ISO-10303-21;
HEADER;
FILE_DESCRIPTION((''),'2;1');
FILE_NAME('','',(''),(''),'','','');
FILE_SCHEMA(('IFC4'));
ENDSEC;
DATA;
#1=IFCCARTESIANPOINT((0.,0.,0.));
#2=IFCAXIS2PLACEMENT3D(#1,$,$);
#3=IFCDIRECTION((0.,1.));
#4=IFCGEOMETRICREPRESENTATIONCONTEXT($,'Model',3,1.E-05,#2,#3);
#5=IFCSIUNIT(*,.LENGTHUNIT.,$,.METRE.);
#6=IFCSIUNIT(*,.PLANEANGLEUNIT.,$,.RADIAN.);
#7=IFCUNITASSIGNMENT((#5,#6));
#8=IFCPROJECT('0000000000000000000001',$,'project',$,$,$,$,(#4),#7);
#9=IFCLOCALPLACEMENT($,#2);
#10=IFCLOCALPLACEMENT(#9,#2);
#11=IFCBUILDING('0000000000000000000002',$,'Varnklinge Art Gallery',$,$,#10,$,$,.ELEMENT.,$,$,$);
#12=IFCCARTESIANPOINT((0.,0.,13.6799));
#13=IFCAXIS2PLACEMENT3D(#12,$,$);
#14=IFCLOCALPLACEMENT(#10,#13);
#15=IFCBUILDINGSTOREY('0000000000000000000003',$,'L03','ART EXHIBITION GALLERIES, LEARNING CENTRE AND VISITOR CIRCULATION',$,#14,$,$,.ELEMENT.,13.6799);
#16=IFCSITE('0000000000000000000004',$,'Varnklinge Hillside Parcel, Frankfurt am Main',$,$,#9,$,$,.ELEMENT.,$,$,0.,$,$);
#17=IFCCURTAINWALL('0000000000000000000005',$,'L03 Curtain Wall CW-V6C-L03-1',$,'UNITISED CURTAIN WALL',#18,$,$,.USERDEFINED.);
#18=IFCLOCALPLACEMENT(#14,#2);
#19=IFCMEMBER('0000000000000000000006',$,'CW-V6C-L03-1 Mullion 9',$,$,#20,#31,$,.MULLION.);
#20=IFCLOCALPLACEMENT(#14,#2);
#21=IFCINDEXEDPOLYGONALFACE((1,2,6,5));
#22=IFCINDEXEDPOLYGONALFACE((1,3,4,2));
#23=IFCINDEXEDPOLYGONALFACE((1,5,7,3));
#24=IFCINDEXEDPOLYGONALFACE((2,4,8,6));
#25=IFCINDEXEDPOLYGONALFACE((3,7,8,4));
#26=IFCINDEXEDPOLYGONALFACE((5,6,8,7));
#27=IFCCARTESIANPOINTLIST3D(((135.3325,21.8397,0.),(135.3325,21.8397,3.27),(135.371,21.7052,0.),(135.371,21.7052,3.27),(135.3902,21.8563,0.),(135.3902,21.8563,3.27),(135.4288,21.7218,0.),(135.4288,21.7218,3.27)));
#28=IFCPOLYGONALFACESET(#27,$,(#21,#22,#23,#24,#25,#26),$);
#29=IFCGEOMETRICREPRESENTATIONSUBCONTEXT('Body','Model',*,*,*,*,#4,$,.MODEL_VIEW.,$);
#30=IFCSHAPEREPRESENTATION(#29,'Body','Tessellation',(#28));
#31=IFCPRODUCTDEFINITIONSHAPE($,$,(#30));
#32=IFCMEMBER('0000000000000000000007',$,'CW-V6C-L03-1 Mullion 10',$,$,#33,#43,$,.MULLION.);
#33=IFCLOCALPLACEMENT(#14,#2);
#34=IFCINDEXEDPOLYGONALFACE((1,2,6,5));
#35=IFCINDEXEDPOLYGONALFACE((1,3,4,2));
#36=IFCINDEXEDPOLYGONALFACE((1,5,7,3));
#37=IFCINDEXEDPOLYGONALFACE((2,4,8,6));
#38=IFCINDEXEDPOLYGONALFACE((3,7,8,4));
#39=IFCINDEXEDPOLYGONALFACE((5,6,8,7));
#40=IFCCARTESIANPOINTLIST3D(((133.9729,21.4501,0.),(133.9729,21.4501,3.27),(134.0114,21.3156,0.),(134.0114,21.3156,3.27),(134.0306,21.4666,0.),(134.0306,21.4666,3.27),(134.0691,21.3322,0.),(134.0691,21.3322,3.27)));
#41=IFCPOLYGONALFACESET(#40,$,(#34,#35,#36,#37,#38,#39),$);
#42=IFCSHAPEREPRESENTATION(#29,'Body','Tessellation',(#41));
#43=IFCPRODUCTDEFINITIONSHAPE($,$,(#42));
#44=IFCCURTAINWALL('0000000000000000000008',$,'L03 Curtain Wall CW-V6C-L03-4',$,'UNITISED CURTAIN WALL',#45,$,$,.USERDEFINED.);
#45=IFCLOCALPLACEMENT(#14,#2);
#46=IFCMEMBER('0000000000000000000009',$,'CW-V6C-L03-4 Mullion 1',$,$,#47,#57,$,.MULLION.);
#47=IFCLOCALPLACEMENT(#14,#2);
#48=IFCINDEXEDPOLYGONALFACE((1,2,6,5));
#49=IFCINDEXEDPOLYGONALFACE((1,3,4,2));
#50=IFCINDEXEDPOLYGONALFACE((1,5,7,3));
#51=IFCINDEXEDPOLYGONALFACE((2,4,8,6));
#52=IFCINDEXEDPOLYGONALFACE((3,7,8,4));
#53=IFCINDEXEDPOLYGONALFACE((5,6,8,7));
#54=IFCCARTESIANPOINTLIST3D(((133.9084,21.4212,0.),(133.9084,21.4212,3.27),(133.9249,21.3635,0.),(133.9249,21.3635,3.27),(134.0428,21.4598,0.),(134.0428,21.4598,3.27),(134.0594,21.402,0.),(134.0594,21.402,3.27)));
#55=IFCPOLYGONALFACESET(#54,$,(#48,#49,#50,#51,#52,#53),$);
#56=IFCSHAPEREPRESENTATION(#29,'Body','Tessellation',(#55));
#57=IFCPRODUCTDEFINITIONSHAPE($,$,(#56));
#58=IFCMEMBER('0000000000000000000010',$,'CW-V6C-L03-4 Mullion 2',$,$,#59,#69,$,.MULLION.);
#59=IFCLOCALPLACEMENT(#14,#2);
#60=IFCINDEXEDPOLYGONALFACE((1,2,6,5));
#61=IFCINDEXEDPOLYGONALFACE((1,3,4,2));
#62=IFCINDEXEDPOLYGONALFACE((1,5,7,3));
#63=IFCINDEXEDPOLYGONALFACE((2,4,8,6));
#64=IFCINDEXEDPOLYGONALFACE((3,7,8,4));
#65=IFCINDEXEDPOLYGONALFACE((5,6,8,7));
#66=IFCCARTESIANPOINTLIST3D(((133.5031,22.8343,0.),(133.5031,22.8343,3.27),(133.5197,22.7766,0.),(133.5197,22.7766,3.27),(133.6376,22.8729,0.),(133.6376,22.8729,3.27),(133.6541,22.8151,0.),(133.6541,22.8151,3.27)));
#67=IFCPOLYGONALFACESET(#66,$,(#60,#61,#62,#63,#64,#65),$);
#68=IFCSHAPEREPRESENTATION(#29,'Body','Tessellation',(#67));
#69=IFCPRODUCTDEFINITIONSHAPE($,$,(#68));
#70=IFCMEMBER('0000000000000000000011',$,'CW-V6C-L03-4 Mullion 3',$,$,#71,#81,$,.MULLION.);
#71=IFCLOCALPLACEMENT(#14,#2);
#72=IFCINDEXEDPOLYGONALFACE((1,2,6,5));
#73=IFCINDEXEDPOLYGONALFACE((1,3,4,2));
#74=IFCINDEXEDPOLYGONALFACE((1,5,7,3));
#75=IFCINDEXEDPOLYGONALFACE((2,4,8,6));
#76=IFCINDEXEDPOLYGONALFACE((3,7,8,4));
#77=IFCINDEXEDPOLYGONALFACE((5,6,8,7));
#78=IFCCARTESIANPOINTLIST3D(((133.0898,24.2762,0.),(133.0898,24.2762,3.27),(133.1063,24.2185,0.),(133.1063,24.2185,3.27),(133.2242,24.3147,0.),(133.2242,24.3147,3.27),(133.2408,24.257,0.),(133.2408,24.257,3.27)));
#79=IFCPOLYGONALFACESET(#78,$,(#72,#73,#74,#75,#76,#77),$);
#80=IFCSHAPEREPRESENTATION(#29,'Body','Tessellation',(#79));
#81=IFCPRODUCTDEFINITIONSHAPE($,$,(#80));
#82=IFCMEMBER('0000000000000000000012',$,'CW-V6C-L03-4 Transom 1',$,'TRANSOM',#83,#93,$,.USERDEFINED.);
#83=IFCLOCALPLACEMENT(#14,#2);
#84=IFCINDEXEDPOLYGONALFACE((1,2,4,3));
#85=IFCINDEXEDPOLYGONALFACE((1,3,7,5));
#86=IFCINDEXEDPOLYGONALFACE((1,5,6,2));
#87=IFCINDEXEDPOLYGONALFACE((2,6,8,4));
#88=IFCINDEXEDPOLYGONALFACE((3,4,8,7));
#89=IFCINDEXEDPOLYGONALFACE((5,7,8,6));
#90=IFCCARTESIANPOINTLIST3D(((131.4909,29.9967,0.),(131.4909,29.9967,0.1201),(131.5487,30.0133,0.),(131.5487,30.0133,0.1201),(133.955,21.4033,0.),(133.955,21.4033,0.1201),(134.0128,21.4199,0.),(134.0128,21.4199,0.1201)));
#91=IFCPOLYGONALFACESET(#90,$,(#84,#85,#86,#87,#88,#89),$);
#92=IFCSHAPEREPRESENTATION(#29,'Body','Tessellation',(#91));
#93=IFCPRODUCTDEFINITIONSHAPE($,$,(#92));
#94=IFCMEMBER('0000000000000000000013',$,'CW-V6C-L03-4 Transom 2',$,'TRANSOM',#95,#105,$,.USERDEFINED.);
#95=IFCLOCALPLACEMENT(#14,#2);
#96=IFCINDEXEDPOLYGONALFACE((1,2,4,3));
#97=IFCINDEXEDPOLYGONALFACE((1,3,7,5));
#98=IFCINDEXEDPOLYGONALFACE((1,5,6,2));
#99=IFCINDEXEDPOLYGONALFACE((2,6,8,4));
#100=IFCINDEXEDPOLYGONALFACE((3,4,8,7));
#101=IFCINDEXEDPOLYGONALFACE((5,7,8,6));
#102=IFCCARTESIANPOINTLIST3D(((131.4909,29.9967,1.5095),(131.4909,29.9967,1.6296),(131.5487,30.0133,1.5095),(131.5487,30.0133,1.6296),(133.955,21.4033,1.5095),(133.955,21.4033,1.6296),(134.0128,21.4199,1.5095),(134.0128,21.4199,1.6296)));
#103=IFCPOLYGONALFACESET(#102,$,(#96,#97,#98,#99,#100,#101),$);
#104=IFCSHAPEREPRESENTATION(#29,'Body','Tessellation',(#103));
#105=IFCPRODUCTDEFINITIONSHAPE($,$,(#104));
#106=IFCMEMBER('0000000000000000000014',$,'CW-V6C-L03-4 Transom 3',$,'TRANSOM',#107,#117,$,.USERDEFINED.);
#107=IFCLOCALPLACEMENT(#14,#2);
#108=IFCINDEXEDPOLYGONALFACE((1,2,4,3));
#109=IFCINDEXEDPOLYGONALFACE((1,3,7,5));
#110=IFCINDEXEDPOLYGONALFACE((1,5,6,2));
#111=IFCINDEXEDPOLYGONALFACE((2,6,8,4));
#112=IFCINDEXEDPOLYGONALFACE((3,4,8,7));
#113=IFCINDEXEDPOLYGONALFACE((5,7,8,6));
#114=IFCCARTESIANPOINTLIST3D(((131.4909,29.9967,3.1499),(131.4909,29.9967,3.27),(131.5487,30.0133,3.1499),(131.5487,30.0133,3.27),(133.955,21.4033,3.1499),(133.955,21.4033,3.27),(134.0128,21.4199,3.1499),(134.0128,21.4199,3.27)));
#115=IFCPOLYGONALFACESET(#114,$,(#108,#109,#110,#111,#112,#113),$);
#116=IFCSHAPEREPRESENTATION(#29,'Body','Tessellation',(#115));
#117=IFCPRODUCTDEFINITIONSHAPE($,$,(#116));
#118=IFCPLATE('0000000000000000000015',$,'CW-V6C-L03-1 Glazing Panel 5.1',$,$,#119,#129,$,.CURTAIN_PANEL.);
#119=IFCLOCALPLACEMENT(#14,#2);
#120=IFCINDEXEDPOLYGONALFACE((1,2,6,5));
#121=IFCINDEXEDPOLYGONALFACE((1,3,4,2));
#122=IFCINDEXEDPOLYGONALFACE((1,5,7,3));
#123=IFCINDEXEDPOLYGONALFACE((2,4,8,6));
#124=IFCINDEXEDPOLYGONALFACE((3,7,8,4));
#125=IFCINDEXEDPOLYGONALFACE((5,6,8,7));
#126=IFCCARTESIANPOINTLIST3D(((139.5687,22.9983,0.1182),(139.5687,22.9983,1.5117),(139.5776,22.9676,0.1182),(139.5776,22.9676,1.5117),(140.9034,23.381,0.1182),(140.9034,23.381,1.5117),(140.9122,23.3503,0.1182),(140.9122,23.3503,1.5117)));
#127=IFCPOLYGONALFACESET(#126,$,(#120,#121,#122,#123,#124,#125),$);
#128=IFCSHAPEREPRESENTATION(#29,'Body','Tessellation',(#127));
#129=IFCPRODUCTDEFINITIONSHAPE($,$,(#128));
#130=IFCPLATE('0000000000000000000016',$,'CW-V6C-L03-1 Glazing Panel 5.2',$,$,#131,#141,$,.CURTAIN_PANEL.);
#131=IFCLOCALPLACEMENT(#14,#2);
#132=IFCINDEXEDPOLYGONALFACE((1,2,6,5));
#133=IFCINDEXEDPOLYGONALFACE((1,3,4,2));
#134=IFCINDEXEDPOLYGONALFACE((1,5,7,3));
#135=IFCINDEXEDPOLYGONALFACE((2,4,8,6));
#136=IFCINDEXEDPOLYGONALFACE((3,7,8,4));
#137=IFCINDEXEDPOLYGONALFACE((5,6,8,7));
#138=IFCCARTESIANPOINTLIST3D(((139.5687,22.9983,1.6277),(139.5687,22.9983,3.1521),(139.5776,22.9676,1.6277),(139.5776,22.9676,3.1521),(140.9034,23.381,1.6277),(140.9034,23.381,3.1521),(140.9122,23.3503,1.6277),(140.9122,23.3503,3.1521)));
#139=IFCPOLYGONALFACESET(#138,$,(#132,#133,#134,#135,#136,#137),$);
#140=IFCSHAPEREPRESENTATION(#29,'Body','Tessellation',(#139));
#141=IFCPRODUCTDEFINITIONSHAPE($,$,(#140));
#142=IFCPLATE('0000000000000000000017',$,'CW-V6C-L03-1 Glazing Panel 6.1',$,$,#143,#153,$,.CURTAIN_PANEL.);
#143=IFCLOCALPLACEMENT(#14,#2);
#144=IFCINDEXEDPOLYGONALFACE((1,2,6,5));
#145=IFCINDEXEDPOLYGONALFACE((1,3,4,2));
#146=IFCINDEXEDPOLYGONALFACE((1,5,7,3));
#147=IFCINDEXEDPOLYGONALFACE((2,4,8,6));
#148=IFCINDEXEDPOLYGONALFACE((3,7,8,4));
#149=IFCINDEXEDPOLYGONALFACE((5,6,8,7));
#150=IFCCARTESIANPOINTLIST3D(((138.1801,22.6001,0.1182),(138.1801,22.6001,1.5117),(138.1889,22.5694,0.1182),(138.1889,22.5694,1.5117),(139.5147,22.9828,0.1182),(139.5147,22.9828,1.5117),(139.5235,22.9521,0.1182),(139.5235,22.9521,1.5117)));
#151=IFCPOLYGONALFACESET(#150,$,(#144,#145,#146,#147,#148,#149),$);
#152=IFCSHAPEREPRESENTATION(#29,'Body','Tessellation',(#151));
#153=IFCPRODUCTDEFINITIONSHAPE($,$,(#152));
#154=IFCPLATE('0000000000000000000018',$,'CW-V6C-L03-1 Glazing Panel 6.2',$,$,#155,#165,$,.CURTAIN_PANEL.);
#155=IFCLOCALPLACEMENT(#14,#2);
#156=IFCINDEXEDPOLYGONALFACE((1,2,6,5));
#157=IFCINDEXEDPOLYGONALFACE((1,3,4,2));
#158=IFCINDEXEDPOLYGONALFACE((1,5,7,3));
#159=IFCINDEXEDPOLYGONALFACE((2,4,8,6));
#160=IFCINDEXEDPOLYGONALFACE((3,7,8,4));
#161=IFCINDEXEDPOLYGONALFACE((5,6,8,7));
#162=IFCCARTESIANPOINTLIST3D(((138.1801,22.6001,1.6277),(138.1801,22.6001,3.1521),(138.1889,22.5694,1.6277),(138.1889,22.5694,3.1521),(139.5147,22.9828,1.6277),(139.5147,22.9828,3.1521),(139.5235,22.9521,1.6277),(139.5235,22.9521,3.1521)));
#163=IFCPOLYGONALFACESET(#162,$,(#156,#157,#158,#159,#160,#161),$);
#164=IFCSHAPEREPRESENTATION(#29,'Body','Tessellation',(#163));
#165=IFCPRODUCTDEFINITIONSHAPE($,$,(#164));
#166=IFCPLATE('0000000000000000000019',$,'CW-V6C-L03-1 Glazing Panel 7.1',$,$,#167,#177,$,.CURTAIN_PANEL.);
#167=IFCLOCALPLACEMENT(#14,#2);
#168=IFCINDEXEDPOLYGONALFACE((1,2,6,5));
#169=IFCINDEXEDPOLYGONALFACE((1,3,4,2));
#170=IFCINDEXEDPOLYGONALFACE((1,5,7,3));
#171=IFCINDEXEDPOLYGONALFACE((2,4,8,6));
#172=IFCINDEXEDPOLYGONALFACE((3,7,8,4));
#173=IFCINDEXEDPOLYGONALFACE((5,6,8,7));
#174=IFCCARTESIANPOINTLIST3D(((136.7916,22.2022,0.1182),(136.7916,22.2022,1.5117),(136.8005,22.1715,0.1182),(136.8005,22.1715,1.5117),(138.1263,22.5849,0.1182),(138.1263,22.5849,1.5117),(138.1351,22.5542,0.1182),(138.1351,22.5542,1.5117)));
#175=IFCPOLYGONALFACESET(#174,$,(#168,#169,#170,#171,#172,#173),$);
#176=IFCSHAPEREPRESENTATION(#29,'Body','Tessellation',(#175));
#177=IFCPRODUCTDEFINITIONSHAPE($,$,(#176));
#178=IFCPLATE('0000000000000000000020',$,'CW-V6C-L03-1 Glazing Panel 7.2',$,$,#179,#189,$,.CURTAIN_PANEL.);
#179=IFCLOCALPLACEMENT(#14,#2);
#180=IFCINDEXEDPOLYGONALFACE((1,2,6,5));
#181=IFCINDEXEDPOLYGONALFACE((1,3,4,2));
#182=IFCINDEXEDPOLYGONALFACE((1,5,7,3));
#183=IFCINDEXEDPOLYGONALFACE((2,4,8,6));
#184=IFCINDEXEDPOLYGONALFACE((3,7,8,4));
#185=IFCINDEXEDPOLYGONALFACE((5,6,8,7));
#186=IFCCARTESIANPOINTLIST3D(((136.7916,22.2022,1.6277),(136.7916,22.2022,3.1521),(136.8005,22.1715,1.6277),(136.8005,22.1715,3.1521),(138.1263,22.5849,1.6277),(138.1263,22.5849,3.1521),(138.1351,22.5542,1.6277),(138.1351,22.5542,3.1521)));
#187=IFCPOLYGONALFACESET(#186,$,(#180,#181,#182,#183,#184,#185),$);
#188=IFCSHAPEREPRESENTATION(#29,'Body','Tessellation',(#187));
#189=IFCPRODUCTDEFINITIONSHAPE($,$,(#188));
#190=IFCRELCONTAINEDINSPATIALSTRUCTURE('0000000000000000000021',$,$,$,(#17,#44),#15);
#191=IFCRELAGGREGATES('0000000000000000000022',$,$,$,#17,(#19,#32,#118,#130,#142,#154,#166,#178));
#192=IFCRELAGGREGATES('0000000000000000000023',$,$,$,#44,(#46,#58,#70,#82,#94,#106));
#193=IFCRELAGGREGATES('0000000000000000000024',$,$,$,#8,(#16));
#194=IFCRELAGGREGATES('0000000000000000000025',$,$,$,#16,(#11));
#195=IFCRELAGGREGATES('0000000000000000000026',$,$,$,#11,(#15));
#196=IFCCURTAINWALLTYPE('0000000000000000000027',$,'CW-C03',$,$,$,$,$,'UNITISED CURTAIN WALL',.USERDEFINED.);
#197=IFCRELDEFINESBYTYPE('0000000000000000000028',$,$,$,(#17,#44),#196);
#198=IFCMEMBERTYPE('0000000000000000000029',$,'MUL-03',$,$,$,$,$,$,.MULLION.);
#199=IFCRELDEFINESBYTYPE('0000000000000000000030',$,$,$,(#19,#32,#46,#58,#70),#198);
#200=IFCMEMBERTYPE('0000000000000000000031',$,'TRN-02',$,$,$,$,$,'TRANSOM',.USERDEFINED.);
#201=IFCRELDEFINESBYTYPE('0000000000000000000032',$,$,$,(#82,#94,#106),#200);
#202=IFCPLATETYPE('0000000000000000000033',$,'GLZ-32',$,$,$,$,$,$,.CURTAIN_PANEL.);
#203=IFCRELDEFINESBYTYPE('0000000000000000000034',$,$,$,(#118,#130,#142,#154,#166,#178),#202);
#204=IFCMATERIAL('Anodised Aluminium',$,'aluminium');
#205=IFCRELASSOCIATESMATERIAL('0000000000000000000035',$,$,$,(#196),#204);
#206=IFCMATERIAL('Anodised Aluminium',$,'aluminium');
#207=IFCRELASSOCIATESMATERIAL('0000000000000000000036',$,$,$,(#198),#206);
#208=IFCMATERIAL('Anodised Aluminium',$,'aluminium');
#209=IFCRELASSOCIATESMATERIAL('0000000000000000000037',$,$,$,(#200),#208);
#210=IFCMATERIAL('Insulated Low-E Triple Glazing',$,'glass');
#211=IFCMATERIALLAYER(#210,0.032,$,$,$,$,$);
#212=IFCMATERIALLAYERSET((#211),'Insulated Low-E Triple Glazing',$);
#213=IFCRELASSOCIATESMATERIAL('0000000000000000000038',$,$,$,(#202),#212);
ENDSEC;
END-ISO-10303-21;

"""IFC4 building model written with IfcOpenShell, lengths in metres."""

from ifc_helpers import new_model, si_unit, direction, frame, origin, origin_2d, place, context, subcontext, project, spatial, rectangle, extrude, material, layer, layer_set, material_profile, profile_set, type_object, element, aggregate, save


model = new_model("IFC4")

# Units and contexts
model_context = context("Model", 3, precision=1e-05, world=origin(), true_north=direction((0.0, 1.0)))
body_context = subcontext(model_context, "Body", "Model", "MODEL_VIEW")
ifc_project = project(units=[si_unit("LENGTHUNIT", "METRE"), si_unit("PLANEANGLEUNIT", "RADIAN")], contexts=[model_context])

# Site, building, storey
site_placement = place(None, origin())
site = spatial("IfcSite", under=ifc_project, at=site_placement, Name="Varnklinge Hillside Parcel, Frankfurt am Main", CompositionType="ELEMENT", RefElevation=0.0)
building_placement = place(site_placement, origin())
building = spatial("IfcBuilding", under=site, at=building_placement, Name="Varnklinge Art Gallery", CompositionType="ELEMENT")
storey_placement = place(building_placement, frame((0.0, 0.0, 13.6799)))
storey = spatial("IfcBuildingStorey", under=building, at=storey_placement, Name="L03", Description="ART EXHIBITION GALLERIES, LEARNING CENTRE AND VISITOR CIRCULATION", CompositionType="ELEMENT", Elevation=13.6799)

# Curtain walls, members
ifc_material_1 = material(Name="Anodised Aluminium", Category="aluminium")
curtain_wall_type = type_object("IfcCurtainWallType", Name="CW-C03", ElementType="UNITISED CURTAIN WALL", PredefinedType="USERDEFINED", material=ifc_material_1)
curtain_wall_1_placement = place(storey_placement, origin())
curtain_wall_1 = element("IfcCurtainWall", 1, at=curtain_wall_1_placement, inside=storey, type_object=curtain_wall_type, Name="L03 Curtain Wall CW-V6C-L03-1", ObjectType="UNITISED CURTAIN WALL", PredefinedType="USERDEFINED")
ifc_material_2 = material(Name="Anodised Aluminium", Category="aluminium")
ifc_material_profile_1 = material_profile(ifc_material_2, rectangle(XDim=0.0601, YDim=0.1399, at=origin_2d()), Name="ALU 60x140")
ifc_profile_set_1 = profile_set([ifc_material_profile_1], Name="Anodised Aluminium")
member_type_1 = type_object("IfcMemberType", Name="MUL-03", PredefinedType="MULLION", material=ifc_profile_set_1)
member_1_placement = place(storey_placement, frame((135.3806, 21.7808, 0.0), z_axis=(0.0, 0.0, 1.0), x_axis=(-0.961262, -0.275637, 0.0)))
member_1 = element("IfcMember", 2, at=member_1_placement, type_object=member_type_1, Name="CW-V6C-L03-1 Mullion 9", PredefinedType="MULLION", context=body_context, shape_type="SweptSolid", body=[
    extrude(rectangle(XDim=0.0601, YDim=0.1399, at=origin_2d()), origin(), (0.0, 0.0, 1.0), 3.27),
])
member_2_placement = place(storey_placement, frame((134.021, 21.3911, 0.0), z_axis=(0.0, 0.0, 1.0), x_axis=(-0.961262, -0.275637, 0.0)))
member_2 = element("IfcMember", 3, at=member_2_placement, type_object=member_type_1, Name="CW-V6C-L03-1 Mullion 10", PredefinedType="MULLION", context=body_context, shape_type="SweptSolid", body=[
    extrude(rectangle(XDim=0.0601, YDim=0.1399, at=origin_2d()), origin(), (0.0, 0.0, 1.0), 3.27),
])
curtain_wall_2_placement = place(storey_placement, origin())
curtain_wall_2 = element("IfcCurtainWall", 4, at=curtain_wall_2_placement, inside=storey, type_object=curtain_wall_type, Name="L03 Curtain Wall CW-V6C-L03-4", ObjectType="UNITISED CURTAIN WALL", PredefinedType="USERDEFINED")
member_3_placement = place(storey_placement, frame((133.9839, 21.4116, 0.0), z_axis=(0.0, 0.0, 1.0), x_axis=(-0.275637, 0.961262, 0.0)))
member_3 = element("IfcMember", 5, at=member_3_placement, type_object=member_type_1, Name="CW-V6C-L03-4 Mullion 1", PredefinedType="MULLION", context=body_context, shape_type="SweptSolid", body=[
    extrude(rectangle(XDim=0.0601, YDim=0.1399, at=origin_2d()), origin(), (0.0, 0.0, 1.0), 3.27),
])
member_4_placement = place(storey_placement, frame((133.5786, 22.8247, 0.0), z_axis=(0.0, 0.0, 1.0), x_axis=(-0.275637, 0.961262, 0.0)))
member_4 = element("IfcMember", 6, at=member_4_placement, type_object=member_type_1, Name="CW-V6C-L03-4 Mullion 2", PredefinedType="MULLION", context=body_context, shape_type="SweptSolid", body=[
    extrude(rectangle(XDim=0.0601, YDim=0.1399, at=origin_2d()), origin(), (0.0, 0.0, 1.0), 3.27),
])
member_5_placement = place(storey_placement, frame((133.1653, 24.2666, 0.0), z_axis=(0.0, 0.0, 1.0), x_axis=(-0.275637, 0.961262, 0.0)))
member_5 = element("IfcMember", 7, at=member_5_placement, type_object=member_type_1, Name="CW-V6C-L03-4 Mullion 3", PredefinedType="MULLION", context=body_context, shape_type="SweptSolid", body=[
    extrude(rectangle(XDim=0.0601, YDim=0.1399, at=origin_2d()), origin(), (0.0, 0.0, 1.0), 3.27),
])
ifc_material_3 = material(Name="Anodised Aluminium", Category="aluminium")
ifc_material_profile_2 = material_profile(ifc_material_3, rectangle(XDim=0.0601, YDim=0.1201, at=origin_2d()), Name="ALU 60x120")
ifc_profile_set_2 = profile_set([ifc_material_profile_2], Name="Anodised Aluminium")
member_type_2 = type_object("IfcMemberType", Name="TRN-02", ElementType="TRANSOM", PredefinedType="USERDEFINED", material=ifc_profile_set_2)
member_6_placement = place(storey_placement, frame((133.9839, 21.4116, 0.0601), z_axis=(-0.275634, 0.961263, 0.0), x_axis=(-0.961263, -0.275634, 0.0)))
member_6 = element("IfcMember", 8, at=member_6_placement, type_object=member_type_2, Name="CW-V6C-L03-4 Transom 1", ObjectType="TRANSOM", PredefinedType="USERDEFINED", context=body_context, shape_type="SweptSolid", body=[
    extrude(rectangle(XDim=0.0601, YDim=0.1201, at=origin_2d()), origin(), (0.0, 0.0, 1.0), 8.9397),
])
member_7_placement = place(storey_placement, frame((133.9839, 21.4116, 1.5696), z_axis=(-0.275634, 0.961263, 0.0), x_axis=(-0.961263, -0.275634, 0.0)))
member_7 = element("IfcMember", 9, at=member_7_placement, type_object=member_type_2, Name="CW-V6C-L03-4 Transom 2", ObjectType="TRANSOM", PredefinedType="USERDEFINED", context=body_context, shape_type="SweptSolid", body=[
    extrude(rectangle(XDim=0.0601, YDim=0.1201, at=origin_2d()), origin(), (0.0, 0.0, 1.0), 8.9397),
])
member_8_placement = place(storey_placement, frame((133.9839, 21.4116, 3.21), z_axis=(-0.275634, 0.961263, 0.0), x_axis=(-0.961263, -0.275634, 0.0)))
member_8 = element("IfcMember", 10, at=member_8_placement, type_object=member_type_2, Name="CW-V6C-L03-4 Transom 3", ObjectType="TRANSOM", PredefinedType="USERDEFINED", context=body_context, shape_type="SweptSolid", body=[
    extrude(rectangle(XDim=0.0601, YDim=0.1201, at=origin_2d()), origin(), (0.0, 0.0, 1.0), 8.9397),
])

# Plates
ifc_material_4 = material(Name="Insulated Low-E Triple Glazing", Category="glass")
ifc_layer_1 = layer(ifc_material_4, 0.032)
ifc_layer_set_1 = layer_set([ifc_layer_1], Name="Insulated Low-E Triple Glazing")
plate_type = type_object("IfcPlateType", Name="GLZ-32", PredefinedType="CURTAIN_PANEL", material=ifc_layer_set_1)
plate_1_placement = place(storey_placement, frame((140.2405, 23.1743, 0.1182), z_axis=(0.0, 0.0, 1.0), x_axis=(-0.961262, -0.275637, 0.0)))
plate_1 = element("IfcPlate", 11, at=plate_1_placement, type_object=plate_type, Name="CW-V6C-L03-1 Glazing Panel 5.1", PredefinedType="CURTAIN_PANEL", context=body_context, shape_type="SweptSolid", body=[
    extrude(rectangle(XDim=1.3884, YDim=0.032, at=origin_2d()), origin(), (0.0, 0.0, 1.0), 1.3936),
])
plate_2_placement = place(storey_placement, frame((140.2405, 23.1743, 1.6277), z_axis=(0.0, 0.0, 1.0), x_axis=(-0.961262, -0.275637, 0.0)))
plate_2 = element("IfcPlate", 12, at=plate_2_placement, type_object=plate_type, Name="CW-V6C-L03-1 Glazing Panel 5.2", PredefinedType="CURTAIN_PANEL", context=body_context, shape_type="SweptSolid", body=[
    extrude(rectangle(XDim=1.3884, YDim=0.032, at=origin_2d()), origin(), (0.0, 0.0, 1.0), 1.5244),
])
plate_3_placement = place(storey_placement, frame((138.8518, 22.7761, 0.1182), z_axis=(0.0, 0.0, 1.0), x_axis=(-0.961262, -0.275637, 0.0)))
plate_3 = element("IfcPlate", 13, at=plate_3_placement, type_object=plate_type, Name="CW-V6C-L03-1 Glazing Panel 6.1", PredefinedType="CURTAIN_PANEL", context=body_context, shape_type="SweptSolid", body=[
    extrude(rectangle(XDim=1.3884, YDim=0.032, at=origin_2d()), origin(), (0.0, 0.0, 1.0), 1.3936),
])
plate_4_placement = place(storey_placement, frame((138.8518, 22.7761, 1.6277), z_axis=(0.0, 0.0, 1.0), x_axis=(-0.961262, -0.275637, 0.0)))
plate_4 = element("IfcPlate", 14, at=plate_4_placement, type_object=plate_type, Name="CW-V6C-L03-1 Glazing Panel 6.2", PredefinedType="CURTAIN_PANEL", context=body_context, shape_type="SweptSolid", body=[
    extrude(rectangle(XDim=1.3884, YDim=0.032, at=origin_2d()), origin(), (0.0, 0.0, 1.0), 1.5244),
])
plate_5_placement = place(storey_placement, frame((137.4634, 22.3782, 0.1182), z_axis=(0.0, 0.0, 1.0), x_axis=(-0.961262, -0.275637, 0.0)))
plate_5 = element("IfcPlate", 15, at=plate_5_placement, type_object=plate_type, Name="CW-V6C-L03-1 Glazing Panel 7.1", PredefinedType="CURTAIN_PANEL", context=body_context, shape_type="SweptSolid", body=[
    extrude(rectangle(XDim=1.3884, YDim=0.032, at=origin_2d()), origin(), (0.0, 0.0, 1.0), 1.3936),
])
plate_6_placement = place(storey_placement, frame((137.4634, 22.3782, 1.6277), z_axis=(0.0, 0.0, 1.0), x_axis=(-0.961262, -0.275637, 0.0)))
plate_6 = element("IfcPlate", 16, at=plate_6_placement, type_object=plate_type, Name="CW-V6C-L03-1 Glazing Panel 7.2", PredefinedType="CURTAIN_PANEL", context=body_context, shape_type="SweptSolid", body=[
    extrude(rectangle(XDim=1.3884, YDim=0.032, at=origin_2d()), origin(), (0.0, 0.0, 1.0), 1.5244),
])
aggregate(curtain_wall_1, [member_1, member_2, plate_1, plate_2, plate_3, plate_4, plate_5, plate_6])
aggregate(curtain_wall_2, [member_3, member_4, member_5, member_6, member_7, member_8])

save(model, "model.ifc")
